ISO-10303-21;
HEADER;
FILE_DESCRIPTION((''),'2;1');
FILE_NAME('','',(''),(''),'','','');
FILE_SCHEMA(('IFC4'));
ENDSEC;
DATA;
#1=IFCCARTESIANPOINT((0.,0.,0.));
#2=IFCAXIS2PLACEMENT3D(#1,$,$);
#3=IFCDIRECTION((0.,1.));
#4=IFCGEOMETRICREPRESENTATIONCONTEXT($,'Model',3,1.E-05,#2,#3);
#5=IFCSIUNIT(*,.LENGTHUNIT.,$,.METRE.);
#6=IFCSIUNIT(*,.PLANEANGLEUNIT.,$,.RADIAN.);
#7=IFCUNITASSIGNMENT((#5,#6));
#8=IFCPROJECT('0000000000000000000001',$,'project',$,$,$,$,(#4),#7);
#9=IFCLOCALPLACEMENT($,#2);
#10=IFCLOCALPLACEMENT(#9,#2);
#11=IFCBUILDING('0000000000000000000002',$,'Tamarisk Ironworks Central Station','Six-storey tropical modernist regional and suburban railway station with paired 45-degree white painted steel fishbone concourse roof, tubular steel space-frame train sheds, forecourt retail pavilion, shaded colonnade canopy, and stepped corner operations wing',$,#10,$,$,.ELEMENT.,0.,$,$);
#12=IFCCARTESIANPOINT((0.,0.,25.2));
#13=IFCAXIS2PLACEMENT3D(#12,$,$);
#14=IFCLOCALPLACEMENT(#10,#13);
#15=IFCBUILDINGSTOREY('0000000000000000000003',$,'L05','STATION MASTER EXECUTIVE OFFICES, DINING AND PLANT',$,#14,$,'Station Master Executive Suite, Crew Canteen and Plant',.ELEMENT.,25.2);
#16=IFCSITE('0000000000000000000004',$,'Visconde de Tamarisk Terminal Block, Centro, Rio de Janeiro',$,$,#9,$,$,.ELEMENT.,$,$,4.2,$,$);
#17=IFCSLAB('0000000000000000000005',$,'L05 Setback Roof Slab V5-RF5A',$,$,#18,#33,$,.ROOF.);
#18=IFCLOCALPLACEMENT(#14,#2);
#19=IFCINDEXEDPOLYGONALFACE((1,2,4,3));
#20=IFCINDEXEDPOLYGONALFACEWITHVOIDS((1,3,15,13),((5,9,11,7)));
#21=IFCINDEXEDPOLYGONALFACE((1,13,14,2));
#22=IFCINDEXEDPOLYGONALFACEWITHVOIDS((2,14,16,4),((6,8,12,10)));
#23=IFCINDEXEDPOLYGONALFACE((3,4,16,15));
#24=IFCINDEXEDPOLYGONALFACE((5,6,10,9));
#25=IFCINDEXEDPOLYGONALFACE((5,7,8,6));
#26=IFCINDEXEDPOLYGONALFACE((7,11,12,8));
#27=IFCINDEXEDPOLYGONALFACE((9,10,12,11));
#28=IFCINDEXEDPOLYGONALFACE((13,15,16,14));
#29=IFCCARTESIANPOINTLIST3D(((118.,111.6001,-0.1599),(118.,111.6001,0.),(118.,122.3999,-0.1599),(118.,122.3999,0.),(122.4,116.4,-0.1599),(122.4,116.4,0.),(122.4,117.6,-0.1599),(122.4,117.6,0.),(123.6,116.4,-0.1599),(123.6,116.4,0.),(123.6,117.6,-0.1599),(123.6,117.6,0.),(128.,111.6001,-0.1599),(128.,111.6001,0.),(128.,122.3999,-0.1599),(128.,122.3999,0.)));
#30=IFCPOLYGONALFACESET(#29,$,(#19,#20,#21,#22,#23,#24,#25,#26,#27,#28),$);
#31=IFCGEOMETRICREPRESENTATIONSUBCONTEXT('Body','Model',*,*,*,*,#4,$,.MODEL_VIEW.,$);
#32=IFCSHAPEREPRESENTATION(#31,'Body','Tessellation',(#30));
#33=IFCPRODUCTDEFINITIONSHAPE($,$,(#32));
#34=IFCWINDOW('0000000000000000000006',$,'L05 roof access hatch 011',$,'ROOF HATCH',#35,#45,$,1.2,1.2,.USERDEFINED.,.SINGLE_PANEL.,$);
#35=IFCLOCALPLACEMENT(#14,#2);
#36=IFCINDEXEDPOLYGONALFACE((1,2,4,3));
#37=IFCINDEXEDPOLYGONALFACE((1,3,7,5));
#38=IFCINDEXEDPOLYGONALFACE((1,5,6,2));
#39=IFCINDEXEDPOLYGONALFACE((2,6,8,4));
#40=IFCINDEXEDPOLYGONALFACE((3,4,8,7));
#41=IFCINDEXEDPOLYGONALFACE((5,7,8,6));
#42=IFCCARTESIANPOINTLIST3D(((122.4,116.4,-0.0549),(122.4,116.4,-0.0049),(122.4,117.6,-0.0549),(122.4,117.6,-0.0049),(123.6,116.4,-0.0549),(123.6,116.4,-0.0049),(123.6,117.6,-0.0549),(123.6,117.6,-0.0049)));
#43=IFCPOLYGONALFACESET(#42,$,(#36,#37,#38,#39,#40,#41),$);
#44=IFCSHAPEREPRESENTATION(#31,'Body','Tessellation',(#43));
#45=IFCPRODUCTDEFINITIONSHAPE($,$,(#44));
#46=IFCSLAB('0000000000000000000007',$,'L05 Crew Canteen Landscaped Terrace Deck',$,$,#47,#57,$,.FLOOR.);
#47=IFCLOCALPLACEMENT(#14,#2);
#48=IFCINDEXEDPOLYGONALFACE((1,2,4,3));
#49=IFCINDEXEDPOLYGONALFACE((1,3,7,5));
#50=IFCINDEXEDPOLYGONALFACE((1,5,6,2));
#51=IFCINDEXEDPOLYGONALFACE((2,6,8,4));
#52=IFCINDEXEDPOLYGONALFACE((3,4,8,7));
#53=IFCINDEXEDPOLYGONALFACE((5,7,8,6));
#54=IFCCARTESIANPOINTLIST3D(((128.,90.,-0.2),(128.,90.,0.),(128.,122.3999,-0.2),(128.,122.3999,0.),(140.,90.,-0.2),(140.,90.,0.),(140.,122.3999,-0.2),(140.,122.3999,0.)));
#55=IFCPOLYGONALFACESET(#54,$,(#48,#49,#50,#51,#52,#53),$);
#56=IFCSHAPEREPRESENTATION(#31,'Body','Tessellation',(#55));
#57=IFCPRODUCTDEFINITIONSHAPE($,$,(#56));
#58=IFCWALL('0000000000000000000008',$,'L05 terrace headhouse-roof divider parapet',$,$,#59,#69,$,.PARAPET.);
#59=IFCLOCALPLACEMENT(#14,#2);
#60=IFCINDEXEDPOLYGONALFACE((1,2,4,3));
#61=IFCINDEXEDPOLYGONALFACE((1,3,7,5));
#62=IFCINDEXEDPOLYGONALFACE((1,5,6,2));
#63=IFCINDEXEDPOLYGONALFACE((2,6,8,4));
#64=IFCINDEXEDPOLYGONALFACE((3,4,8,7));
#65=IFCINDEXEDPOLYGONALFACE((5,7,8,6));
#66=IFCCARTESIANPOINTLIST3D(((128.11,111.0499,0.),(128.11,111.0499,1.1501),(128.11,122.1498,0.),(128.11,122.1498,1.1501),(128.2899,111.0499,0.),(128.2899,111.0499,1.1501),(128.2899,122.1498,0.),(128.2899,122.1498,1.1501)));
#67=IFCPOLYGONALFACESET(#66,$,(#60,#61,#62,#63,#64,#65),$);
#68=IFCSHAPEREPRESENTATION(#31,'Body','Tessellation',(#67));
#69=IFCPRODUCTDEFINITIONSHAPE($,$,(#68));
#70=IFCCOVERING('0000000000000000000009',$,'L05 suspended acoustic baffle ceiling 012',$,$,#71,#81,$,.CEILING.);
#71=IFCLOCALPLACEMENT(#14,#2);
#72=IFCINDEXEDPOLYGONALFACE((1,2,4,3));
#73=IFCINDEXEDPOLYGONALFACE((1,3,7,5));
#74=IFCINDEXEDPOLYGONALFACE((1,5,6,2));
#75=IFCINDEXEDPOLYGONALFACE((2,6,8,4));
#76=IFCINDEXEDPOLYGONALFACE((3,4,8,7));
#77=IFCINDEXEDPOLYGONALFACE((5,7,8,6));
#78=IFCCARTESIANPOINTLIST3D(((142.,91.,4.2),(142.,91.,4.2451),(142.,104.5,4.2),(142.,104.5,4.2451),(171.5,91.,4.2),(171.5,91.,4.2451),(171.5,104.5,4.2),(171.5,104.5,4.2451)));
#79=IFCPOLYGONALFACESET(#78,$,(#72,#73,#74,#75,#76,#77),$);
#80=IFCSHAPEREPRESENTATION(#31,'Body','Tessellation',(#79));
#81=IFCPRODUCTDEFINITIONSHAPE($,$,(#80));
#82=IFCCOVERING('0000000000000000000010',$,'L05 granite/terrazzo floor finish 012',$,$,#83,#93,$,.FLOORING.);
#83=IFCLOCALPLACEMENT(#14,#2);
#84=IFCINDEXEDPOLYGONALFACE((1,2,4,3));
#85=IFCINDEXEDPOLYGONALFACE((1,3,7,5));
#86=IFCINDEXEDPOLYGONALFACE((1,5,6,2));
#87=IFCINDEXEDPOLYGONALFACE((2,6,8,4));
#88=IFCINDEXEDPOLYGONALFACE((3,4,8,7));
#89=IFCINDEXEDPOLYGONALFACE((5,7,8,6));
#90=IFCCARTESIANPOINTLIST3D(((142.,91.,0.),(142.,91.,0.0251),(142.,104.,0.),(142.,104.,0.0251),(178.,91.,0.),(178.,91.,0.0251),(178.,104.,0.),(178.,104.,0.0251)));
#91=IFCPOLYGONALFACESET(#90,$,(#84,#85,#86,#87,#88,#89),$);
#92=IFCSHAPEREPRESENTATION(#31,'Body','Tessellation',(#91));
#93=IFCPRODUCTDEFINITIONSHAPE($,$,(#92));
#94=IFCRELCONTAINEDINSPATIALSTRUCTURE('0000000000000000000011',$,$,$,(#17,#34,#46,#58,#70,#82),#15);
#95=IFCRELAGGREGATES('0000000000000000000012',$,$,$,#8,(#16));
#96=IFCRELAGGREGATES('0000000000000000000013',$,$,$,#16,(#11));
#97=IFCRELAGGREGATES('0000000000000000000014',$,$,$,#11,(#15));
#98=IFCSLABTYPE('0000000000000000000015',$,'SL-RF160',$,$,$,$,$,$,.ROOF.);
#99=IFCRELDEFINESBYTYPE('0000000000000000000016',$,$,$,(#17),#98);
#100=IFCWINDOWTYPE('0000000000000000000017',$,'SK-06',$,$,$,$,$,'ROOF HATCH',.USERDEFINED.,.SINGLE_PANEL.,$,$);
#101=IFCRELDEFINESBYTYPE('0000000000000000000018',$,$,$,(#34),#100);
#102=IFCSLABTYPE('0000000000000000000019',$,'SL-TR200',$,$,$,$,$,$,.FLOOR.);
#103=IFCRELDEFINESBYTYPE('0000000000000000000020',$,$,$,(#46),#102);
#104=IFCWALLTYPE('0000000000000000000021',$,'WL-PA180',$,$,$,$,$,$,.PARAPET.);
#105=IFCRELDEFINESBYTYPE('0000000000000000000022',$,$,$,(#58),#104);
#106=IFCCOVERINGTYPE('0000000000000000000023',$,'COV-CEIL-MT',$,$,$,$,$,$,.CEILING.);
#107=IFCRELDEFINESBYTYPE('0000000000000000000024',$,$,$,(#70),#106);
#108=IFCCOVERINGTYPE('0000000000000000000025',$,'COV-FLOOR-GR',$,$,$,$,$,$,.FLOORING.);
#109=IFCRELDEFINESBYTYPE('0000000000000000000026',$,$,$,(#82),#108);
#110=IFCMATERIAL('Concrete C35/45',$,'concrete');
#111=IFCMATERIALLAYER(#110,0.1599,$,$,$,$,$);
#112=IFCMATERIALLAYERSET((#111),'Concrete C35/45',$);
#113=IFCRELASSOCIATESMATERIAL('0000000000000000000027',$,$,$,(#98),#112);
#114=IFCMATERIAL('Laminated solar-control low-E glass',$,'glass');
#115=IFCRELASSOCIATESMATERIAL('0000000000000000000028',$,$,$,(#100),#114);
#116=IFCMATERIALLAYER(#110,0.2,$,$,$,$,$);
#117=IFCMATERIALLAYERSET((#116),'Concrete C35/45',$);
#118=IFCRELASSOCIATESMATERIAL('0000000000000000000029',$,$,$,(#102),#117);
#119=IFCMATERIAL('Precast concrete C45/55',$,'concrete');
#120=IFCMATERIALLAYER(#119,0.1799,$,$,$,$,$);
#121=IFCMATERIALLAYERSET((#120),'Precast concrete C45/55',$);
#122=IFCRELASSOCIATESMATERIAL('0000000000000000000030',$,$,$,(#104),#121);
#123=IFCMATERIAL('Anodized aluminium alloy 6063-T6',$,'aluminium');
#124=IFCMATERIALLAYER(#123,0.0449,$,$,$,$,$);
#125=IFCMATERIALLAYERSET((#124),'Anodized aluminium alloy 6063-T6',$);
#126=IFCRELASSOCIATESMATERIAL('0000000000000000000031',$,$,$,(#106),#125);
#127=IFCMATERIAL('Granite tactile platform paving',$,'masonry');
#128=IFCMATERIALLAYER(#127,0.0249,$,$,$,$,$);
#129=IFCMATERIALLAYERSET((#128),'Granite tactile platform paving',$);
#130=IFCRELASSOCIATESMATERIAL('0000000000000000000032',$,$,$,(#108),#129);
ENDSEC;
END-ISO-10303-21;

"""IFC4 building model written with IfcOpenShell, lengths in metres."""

from ifc_helpers import new_model, si_unit, direction, frame, frame_2d, origin, origin_2d, place, context, subcontext, project, spatial, polyline, rectangle, outline, extrude, material, layer, layer_set, type_object, element, fill, save


model = new_model("IFC4")

# Units and contexts
model_context = context("Model", 3, precision=1e-05, world=origin(), true_north=direction((0.0, 1.0)))
body_context = subcontext(model_context, "Body", "Model", "MODEL_VIEW")
ifc_project = project(units=[si_unit("LENGTHUNIT", "METRE"), si_unit("PLANEANGLEUNIT", "RADIAN")], contexts=[model_context])

# Site, building, storey
site_placement = place(None, origin())
site = spatial("IfcSite", under=ifc_project, at=site_placement, Name="Visconde de Tamarisk Terminal Block, Centro, Rio de Janeiro", CompositionType="ELEMENT", RefElevation=4.2)
building_placement = place(site_placement, origin())
building = spatial("IfcBuilding", under=site, at=building_placement, Name="Tamarisk Ironworks Central Station", Description="Six-storey tropical modernist regional and suburban railway station with paired 45-degree white painted steel fishbone concourse roof, tubular steel space-frame train sheds, forecourt retail pavilion, shaded colonnade canopy, and stepped corner operations wing", CompositionType="ELEMENT", ElevationOfRefHeight=0.0)
storey_placement = place(building_placement, frame((0.0, 0.0, 25.2)))
storey = spatial("IfcBuildingStorey", under=building, at=storey_placement, Name="L05", Description="STATION MASTER EXECUTIVE OFFICES, DINING AND PLANT", LongName="Station Master Executive Suite, Crew Canteen and Plant", CompositionType="ELEMENT", Elevation=25.2)

# Shared definitions
ifc_material_1 = material(Name="Concrete C35/45", Category="concrete")

# Slab, opening, window
ifc_layer_1 = layer(ifc_material_1, 0.1599)
ifc_layer_set_1 = layer_set([ifc_layer_1], Name="Concrete C35/45")
slab_type_1 = type_object("IfcSlabType", Name="SL-RF160", PredefinedType="ROOF", material=ifc_layer_set_1)
ifc_material_2 = material(Name="Laminated solar-control low-E glass", Category="glass")
slab_1_placement = place(storey_placement, frame((0.0, 0.0, -0.1599)))
slab_1 = element("IfcSlab", 1, at=slab_1_placement, inside=storey, type_object=slab_type_1, Name="L05 Setback Roof Slab V5-RF5A", PredefinedType="ROOF", context=body_context, shape_type="SweptSolid", body=[
    extrude(outline(polyline([(118.0, 111.6001), (128.0, 111.6001), (128.0, 122.3999), (118.0, 122.3999), (118.0, 111.6001)])), origin(), (0.0, 0.0, 1.0), 0.1599),
])
opening_1_placement = place(slab_1_placement, frame((123.0, 117.0, 0.0)))
opening_1 = element("IfcOpeningElement", 2, at=opening_1_placement, cuts=slab_1, PredefinedType="OPENING", context=body_context, shape_type="SweptSolid", body=[
    extrude(rectangle(XDim=1.2, YDim=1.2, at=origin_2d()), frame((0.0, 0.0, -0.012)), (0.0, 0.0, 1.0), 0.1838),
])
window_type_1 = type_object("IfcWindowType", Name="SK-06", ElementType="ROOF HATCH", PartitioningType="SINGLE_PANEL", PredefinedType="USERDEFINED", material=ifc_material_2)
window_1_placement = place(opening_1_placement, frame((0.0, 0.0, 0.105)))
window_1 = element("IfcWindow", 3, at=window_1_placement, inside=storey, type_object=window_type_1, Name="L05 roof access hatch 011", ObjectType="ROOF HATCH", OverallHeight=1.2, OverallWidth=1.2, PartitioningType="SINGLE_PANEL", PredefinedType="USERDEFINED", context=body_context, shape_type="SweptSolid", body=[
    extrude(rectangle(XDim=1.2, YDim=1.2, at=origin_2d()), origin(), (0.0, 0.0, 1.0), 0.05),
])
fill(opening_1, window_1)

# Slab
ifc_layer_2 = layer(ifc_material_1, 0.2)
ifc_layer_set_2 = layer_set([ifc_layer_2], Name="Concrete C35/45")
slab_type_2 = type_object("IfcSlabType", Name="SL-TR200", PredefinedType="FLOOR", material=ifc_layer_set_2)
slab_2_placement = place(storey_placement, frame((0.0, 0.0, -0.2)))
element("IfcSlab", 4, at=slab_2_placement, inside=storey, type_object=slab_type_2, Name="L05 Crew Canteen Landscaped Terrace Deck", PredefinedType="FLOOR", context=body_context, shape_type="SweptSolid", body=[
    extrude(outline(polyline([(128.0, 90.0), (140.0, 90.0), (140.0, 122.3999), (128.0, 122.3999), (128.0, 90.0)])), origin(), (0.0, 0.0, 1.0), 0.2),
])

# Wall
ifc_material_3 = material(Name="Precast concrete C45/55", Category="concrete")
ifc_layer_3 = layer(ifc_material_3, 0.1799)
ifc_layer_set_3 = layer_set([ifc_layer_3], Name="Precast concrete C45/55")
wall_type = type_object("IfcWallType", Name="WL-PA180", PredefinedType="PARAPET", material=ifc_layer_set_3)
wall_placement = place(storey_placement, frame((128.2, 111.05, 0.0), z_axis=(0.0, 0.0, 1.0), x_axis=(0.0, 1.0, 0.0)))
element("IfcWall", 5, at=wall_placement, inside=storey, type_object=wall_type, Name="L05 terrace headhouse-roof divider parapet", PredefinedType="PARAPET", context=body_context, shape_type="SweptSolid", body=[
    extrude(rectangle(XDim=11.0999, YDim=0.1799, at=frame_2d((5.5498, 0.0))), origin(), (0.0, 0.0, 1.0), 1.1501),
])

# Coverings
ifc_material_4 = material(Name="Anodized aluminium alloy 6063-T6", Category="aluminium")
ifc_layer_4 = layer(ifc_material_4, 0.0449)
ifc_layer_set_4 = layer_set([ifc_layer_4], Name="Anodized aluminium alloy 6063-T6")
covering_type_1 = type_object("IfcCoveringType", Name="COV-CEIL-MT", PredefinedType="CEILING", material=ifc_layer_set_4)
covering_1_placement = place(storey_placement, frame((0.0, 0.0, 4.2)))
element("IfcCovering", 6, at=covering_1_placement, inside=storey, type_object=covering_type_1, Name="L05 suspended acoustic baffle ceiling 012", PredefinedType="CEILING", context=body_context, shape_type="SweptSolid", body=[
    extrude(outline(polyline([(142.0, 91.0), (171.5, 91.0), (171.5, 104.5), (142.0, 104.5), (142.0, 91.0)])), origin(), (0.0, 0.0, 1.0), 0.0452),
])
ifc_material_5 = material(Name="Granite tactile platform paving", Category="masonry")
ifc_layer_5 = layer(ifc_material_5, 0.0249)
ifc_layer_set_5 = layer_set([ifc_layer_5], Name="Granite tactile platform paving")
covering_type_2 = type_object("IfcCoveringType", Name="COV-FLOOR-GR", PredefinedType="FLOORING", material=ifc_layer_set_5)
covering_2_placement = place(storey_placement, origin())
element("IfcCovering", 7, at=covering_2_placement, inside=storey, type_object=covering_type_2, Name="L05 granite/terrazzo floor finish 012", PredefinedType="FLOORING", context=body_context, shape_type="SweptSolid", body=[
    extrude(outline(polyline([(142.0, 91.0), (178.0, 91.0), (178.0, 104.0), (142.0, 104.0), (142.0, 91.0)])), origin(), (0.0, 0.0, 1.0), 0.0251),
])

save(model, "model.ifc")
